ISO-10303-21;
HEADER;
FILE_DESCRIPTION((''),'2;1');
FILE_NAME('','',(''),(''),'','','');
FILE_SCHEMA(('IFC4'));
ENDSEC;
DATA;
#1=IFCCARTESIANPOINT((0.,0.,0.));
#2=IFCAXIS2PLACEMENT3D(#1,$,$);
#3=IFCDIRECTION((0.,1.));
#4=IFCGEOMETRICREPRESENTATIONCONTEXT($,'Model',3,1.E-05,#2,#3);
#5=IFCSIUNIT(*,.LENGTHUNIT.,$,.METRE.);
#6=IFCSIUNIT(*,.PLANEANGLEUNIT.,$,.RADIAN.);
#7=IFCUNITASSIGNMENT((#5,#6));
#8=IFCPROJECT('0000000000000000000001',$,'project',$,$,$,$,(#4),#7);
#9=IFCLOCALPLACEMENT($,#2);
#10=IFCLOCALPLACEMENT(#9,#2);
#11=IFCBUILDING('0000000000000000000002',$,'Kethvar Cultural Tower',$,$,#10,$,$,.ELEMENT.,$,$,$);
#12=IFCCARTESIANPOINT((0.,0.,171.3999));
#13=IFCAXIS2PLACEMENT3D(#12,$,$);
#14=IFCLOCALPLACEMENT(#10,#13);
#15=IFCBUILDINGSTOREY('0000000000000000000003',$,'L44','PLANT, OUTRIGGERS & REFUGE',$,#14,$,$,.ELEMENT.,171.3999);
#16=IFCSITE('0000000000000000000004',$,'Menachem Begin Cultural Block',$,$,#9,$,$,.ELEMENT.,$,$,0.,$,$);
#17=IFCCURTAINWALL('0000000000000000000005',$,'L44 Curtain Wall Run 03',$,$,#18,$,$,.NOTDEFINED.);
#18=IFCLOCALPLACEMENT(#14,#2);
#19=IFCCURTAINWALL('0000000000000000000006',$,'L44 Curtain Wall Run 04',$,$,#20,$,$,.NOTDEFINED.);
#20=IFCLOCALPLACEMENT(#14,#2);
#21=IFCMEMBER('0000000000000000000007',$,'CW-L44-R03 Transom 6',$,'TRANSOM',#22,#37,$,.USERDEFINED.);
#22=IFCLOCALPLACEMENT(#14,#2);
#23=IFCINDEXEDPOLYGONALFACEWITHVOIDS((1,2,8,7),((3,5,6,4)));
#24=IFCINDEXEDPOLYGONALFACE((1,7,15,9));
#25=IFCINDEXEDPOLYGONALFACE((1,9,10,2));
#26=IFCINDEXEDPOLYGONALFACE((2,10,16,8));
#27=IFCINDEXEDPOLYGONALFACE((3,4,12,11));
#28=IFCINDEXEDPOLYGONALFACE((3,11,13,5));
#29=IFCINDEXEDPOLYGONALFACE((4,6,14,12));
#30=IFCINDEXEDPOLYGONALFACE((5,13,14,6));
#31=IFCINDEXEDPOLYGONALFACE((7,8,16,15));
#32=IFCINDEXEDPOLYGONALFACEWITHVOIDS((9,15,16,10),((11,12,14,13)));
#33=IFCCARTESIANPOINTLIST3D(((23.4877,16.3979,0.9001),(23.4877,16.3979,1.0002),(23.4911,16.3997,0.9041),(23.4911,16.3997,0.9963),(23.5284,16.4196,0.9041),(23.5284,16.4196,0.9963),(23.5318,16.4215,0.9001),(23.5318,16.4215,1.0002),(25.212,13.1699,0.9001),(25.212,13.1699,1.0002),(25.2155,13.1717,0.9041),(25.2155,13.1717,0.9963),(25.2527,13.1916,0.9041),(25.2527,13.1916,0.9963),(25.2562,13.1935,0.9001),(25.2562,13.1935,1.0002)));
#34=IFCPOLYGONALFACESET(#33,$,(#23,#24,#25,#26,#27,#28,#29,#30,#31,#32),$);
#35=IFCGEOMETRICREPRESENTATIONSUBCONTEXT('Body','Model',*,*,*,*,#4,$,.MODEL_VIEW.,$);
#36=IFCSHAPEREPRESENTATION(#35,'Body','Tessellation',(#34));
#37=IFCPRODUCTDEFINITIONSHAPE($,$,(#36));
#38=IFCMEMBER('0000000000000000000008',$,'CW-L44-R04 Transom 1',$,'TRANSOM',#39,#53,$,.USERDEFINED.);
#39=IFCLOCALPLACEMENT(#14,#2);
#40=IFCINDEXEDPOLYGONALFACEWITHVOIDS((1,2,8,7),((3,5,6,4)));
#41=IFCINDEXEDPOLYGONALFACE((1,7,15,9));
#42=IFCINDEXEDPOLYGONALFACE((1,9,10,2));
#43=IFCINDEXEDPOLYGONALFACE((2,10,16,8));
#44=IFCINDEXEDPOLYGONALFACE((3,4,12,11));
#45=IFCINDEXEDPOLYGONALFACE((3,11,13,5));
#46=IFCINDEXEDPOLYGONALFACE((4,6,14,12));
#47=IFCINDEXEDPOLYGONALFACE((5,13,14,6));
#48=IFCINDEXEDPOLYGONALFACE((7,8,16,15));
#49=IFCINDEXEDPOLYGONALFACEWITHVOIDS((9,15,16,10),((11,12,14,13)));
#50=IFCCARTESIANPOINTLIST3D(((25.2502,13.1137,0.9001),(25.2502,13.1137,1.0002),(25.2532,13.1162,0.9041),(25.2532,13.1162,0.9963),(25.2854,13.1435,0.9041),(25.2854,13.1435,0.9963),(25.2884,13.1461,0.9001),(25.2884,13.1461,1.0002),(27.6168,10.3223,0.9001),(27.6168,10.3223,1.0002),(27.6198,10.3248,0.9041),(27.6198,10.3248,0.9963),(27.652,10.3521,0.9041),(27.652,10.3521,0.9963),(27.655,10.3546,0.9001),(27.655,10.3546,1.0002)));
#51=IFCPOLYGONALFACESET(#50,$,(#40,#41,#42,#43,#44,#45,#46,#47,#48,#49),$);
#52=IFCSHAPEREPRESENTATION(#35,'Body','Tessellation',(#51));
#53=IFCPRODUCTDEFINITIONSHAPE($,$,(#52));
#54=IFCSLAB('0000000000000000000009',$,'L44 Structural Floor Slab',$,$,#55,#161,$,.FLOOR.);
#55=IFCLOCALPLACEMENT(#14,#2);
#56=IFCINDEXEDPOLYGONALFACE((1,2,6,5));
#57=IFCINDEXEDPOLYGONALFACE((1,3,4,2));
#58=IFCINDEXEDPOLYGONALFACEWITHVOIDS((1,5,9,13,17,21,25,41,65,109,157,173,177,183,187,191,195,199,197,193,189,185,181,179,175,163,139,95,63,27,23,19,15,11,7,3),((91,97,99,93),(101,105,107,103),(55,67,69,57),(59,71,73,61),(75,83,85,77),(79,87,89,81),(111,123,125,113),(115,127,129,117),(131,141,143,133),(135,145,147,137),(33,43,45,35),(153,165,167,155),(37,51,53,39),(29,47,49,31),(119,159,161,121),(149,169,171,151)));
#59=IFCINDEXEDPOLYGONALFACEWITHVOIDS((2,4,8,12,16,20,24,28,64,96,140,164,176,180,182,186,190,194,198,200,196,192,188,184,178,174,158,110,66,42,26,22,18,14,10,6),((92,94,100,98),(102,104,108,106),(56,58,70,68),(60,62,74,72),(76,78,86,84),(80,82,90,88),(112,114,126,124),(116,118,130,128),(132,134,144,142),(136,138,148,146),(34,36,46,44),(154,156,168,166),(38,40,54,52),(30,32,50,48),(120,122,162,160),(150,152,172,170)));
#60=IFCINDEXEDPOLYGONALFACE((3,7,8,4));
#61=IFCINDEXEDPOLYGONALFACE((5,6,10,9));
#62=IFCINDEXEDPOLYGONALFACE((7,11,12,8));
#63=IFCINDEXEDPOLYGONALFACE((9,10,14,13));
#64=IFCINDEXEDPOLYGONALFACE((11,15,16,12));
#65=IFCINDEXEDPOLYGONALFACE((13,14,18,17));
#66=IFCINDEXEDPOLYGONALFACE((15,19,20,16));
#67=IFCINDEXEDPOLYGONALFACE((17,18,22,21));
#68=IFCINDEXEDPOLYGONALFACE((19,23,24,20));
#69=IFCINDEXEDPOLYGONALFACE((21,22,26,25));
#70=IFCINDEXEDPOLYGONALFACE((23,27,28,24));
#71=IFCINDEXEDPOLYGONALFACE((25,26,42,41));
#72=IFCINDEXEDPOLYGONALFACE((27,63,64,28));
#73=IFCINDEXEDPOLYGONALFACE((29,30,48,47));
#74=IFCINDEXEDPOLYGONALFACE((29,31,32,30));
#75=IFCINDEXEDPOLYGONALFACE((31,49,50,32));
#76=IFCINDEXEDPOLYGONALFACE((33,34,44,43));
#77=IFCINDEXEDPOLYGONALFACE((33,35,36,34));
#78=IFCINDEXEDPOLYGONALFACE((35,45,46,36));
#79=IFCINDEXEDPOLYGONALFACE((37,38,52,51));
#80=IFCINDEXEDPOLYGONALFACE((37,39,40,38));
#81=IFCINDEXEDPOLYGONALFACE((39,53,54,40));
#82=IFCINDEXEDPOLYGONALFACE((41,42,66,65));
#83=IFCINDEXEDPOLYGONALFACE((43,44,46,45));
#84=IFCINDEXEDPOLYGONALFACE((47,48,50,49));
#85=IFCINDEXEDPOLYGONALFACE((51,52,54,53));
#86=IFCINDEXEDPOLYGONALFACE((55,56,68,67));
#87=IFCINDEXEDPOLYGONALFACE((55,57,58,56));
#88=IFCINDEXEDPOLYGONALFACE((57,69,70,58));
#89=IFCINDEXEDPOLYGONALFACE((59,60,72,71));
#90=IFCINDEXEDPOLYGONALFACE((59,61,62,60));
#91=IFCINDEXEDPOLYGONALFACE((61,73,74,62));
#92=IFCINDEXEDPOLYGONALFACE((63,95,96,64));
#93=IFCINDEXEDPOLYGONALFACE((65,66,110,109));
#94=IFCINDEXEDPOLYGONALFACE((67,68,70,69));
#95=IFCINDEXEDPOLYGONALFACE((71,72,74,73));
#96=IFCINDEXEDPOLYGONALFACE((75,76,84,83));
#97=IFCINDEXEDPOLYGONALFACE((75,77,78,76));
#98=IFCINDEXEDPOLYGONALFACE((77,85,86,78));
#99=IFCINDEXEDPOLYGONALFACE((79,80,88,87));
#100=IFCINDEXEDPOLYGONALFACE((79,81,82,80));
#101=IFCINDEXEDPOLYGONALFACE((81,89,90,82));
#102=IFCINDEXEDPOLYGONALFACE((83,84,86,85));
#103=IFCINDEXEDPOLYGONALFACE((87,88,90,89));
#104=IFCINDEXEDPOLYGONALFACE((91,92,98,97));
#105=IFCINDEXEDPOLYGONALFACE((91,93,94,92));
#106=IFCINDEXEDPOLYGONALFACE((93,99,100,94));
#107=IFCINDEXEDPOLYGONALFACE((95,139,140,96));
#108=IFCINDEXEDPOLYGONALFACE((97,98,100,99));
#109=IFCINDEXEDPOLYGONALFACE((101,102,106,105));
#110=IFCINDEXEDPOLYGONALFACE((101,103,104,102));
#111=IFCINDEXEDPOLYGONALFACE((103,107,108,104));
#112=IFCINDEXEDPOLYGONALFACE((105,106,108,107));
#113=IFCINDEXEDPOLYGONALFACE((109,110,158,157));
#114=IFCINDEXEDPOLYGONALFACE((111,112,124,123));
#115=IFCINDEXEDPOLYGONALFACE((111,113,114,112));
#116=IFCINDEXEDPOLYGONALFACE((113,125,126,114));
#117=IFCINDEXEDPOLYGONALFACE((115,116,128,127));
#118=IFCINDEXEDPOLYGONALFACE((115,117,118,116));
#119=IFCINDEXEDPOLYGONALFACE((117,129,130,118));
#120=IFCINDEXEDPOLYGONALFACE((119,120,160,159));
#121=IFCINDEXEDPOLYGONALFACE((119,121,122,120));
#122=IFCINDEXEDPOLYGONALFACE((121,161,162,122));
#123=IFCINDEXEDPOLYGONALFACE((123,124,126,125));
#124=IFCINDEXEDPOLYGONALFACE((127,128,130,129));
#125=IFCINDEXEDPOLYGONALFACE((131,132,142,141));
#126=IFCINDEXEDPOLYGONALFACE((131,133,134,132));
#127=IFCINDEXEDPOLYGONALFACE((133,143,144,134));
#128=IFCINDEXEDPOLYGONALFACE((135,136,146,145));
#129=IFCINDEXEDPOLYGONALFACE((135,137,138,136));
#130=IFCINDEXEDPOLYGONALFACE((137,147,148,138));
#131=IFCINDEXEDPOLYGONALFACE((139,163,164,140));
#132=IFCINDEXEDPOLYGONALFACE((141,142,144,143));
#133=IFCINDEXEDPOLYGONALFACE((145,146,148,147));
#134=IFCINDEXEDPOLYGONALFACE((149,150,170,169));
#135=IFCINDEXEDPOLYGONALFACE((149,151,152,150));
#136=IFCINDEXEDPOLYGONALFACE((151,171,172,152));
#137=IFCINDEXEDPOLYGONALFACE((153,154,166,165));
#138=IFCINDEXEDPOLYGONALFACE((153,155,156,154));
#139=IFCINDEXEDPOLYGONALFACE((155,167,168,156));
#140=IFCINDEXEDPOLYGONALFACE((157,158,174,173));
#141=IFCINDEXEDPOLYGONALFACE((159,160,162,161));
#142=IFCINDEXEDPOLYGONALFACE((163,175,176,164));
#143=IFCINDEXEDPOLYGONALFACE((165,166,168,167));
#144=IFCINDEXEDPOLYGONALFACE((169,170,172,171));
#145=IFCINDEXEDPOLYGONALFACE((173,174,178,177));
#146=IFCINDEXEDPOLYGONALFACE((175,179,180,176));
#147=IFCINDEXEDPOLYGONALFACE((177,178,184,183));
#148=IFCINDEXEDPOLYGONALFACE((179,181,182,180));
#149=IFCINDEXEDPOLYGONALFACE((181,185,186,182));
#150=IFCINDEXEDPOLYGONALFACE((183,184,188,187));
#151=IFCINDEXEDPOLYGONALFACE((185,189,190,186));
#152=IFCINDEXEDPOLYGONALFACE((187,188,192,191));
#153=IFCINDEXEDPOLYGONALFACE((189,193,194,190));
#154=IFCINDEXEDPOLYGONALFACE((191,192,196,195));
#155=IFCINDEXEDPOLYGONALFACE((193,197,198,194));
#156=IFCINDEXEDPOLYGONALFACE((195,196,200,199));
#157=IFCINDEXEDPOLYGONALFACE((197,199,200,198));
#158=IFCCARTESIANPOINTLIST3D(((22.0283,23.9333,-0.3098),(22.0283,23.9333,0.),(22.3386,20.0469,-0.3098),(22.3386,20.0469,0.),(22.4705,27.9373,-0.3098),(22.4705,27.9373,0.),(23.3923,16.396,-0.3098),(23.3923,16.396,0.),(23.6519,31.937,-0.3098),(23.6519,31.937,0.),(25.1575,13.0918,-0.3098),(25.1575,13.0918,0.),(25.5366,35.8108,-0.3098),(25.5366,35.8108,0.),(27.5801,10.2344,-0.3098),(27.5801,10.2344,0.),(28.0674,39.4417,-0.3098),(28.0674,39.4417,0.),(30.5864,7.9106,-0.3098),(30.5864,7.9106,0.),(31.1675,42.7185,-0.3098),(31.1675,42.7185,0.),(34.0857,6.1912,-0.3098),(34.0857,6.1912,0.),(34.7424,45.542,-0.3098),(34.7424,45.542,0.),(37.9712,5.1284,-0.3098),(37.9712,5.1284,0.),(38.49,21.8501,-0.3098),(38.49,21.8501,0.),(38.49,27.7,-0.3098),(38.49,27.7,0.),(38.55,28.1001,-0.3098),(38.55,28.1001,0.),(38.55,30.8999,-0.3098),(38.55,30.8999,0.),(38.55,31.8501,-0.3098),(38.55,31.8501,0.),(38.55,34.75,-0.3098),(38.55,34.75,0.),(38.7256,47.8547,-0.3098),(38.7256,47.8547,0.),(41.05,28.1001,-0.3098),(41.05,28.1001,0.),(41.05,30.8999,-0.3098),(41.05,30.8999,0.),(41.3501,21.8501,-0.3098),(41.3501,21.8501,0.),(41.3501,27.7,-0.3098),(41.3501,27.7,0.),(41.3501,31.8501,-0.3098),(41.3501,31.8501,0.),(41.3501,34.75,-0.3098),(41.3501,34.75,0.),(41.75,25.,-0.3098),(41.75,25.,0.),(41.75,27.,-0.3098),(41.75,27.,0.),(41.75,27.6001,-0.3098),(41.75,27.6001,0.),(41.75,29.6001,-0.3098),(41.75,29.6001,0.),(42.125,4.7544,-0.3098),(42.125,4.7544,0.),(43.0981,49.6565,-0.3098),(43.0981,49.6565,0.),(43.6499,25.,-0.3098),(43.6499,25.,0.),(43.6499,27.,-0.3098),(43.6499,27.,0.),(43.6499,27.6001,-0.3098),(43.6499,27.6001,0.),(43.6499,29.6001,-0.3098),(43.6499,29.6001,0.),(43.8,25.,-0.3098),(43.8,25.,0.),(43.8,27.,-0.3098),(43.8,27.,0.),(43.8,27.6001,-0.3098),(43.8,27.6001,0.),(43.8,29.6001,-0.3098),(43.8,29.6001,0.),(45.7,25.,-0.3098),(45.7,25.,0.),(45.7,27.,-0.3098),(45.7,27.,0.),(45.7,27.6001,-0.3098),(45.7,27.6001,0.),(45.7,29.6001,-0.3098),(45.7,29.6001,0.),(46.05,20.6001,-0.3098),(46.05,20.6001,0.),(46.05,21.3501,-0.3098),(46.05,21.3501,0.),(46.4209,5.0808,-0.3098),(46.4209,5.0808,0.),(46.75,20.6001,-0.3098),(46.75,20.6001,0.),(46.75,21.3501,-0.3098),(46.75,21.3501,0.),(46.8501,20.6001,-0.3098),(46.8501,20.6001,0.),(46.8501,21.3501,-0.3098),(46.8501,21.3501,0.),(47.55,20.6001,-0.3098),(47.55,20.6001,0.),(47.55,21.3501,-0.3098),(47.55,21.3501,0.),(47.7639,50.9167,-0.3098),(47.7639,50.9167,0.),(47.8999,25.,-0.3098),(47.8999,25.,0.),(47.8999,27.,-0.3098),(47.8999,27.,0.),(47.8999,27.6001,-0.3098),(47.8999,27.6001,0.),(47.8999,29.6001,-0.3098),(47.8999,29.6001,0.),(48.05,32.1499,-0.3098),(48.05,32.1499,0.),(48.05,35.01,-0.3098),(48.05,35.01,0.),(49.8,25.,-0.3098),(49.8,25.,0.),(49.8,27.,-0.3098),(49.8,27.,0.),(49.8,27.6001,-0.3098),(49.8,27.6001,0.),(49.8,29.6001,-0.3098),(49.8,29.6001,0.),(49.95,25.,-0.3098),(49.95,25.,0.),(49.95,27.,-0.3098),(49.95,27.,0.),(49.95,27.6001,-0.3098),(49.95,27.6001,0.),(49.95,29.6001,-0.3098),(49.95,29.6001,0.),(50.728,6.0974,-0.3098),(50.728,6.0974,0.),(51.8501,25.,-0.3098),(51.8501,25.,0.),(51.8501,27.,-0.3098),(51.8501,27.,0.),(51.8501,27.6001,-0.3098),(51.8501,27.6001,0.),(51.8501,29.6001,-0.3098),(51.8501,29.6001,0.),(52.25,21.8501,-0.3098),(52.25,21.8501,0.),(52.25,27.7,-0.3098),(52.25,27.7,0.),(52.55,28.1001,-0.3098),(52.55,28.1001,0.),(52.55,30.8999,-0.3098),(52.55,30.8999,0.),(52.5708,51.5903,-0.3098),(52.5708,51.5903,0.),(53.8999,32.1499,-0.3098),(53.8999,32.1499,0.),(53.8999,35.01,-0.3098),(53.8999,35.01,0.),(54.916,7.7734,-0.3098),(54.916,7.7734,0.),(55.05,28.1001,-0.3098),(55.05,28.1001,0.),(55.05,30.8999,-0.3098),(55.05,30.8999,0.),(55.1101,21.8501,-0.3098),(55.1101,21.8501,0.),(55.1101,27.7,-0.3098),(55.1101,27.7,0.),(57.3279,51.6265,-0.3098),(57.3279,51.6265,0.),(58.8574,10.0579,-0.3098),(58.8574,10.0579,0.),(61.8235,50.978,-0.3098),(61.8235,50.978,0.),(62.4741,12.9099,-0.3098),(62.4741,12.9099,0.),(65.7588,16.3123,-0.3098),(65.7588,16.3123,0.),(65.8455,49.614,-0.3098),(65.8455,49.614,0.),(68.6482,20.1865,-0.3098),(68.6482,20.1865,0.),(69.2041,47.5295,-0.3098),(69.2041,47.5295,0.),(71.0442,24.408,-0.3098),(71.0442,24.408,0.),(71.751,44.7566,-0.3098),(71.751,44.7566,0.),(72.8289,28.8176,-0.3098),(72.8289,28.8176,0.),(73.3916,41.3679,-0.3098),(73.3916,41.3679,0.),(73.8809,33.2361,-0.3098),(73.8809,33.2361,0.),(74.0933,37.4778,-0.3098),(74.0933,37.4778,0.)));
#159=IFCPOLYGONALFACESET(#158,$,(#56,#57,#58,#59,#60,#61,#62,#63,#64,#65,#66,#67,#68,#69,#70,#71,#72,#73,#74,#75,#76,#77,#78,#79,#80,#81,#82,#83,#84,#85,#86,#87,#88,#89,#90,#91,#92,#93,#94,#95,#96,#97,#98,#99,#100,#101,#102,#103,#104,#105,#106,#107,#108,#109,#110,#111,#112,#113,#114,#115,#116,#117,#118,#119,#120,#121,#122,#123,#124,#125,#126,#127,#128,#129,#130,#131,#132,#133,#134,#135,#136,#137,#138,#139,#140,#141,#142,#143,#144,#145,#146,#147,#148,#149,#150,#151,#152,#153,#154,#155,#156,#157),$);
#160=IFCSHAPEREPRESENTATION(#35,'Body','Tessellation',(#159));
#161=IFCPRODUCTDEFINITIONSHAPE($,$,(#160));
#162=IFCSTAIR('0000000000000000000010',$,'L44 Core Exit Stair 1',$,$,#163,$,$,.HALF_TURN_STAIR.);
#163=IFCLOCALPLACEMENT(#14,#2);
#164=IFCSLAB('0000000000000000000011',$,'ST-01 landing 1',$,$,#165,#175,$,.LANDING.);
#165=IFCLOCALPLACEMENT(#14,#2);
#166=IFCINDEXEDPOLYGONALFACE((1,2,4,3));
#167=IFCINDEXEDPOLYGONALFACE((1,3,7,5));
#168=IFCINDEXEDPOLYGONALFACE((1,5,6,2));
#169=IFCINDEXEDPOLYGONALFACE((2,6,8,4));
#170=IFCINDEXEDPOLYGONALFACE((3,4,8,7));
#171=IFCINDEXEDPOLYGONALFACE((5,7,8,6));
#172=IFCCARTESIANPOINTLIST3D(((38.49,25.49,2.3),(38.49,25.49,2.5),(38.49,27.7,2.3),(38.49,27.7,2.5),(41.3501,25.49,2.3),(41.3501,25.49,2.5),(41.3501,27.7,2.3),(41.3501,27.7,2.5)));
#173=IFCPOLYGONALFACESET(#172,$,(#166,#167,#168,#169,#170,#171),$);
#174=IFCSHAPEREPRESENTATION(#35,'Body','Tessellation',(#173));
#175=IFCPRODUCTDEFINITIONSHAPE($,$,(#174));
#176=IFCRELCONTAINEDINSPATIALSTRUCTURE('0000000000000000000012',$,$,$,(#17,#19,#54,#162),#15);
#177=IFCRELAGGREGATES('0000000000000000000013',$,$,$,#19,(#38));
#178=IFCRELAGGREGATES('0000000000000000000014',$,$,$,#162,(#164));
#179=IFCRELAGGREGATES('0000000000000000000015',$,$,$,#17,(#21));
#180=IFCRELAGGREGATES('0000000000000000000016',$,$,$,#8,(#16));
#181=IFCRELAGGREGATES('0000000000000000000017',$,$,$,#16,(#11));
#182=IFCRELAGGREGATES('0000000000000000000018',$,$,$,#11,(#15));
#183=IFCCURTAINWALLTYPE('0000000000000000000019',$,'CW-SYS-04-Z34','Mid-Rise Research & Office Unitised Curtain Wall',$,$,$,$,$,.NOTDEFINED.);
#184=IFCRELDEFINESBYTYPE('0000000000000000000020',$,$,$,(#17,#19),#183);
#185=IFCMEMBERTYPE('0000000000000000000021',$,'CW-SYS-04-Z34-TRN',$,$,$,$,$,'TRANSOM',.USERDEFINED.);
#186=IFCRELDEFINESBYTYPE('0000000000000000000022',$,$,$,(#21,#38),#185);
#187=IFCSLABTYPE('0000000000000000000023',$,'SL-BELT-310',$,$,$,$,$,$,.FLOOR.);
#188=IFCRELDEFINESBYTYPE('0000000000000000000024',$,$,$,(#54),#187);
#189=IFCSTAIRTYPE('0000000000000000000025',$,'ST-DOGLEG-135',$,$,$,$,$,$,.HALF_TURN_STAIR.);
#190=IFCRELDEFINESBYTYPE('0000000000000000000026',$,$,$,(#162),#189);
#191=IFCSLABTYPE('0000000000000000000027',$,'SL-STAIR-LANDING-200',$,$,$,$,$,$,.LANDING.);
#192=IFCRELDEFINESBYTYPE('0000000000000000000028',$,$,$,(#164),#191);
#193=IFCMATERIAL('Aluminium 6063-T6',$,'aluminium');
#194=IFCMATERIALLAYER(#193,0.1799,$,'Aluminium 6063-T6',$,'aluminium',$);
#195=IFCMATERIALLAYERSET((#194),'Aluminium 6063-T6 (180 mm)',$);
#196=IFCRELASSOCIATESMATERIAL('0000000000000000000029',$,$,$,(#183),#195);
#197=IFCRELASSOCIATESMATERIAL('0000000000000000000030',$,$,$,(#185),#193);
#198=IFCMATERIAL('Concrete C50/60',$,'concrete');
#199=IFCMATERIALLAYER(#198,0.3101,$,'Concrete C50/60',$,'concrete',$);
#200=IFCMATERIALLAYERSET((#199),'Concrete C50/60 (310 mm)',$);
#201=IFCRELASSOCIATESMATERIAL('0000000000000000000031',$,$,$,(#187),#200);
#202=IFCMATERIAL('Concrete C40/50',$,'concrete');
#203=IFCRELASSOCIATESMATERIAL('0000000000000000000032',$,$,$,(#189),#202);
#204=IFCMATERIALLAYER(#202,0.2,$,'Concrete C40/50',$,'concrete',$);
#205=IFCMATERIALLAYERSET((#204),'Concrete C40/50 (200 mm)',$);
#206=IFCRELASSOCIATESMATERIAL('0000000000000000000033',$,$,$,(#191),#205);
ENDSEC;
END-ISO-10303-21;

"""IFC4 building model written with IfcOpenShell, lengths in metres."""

from ifc_helpers import new_model, si_unit, direction, frame, origin, origin_2d, place, context, subcontext, project, spatial, polyline, hollow_rectangle, outline, extrude, source, transform, mapped, material, layer, layer_set, material_profile, profile_set, type_object, element, aggregate, save


model = new_model("IFC4")

# Units and contexts
model_context = context("Model", 3, precision=1e-05, world=origin(), true_north=direction((0.0, 1.0)))
body_context = subcontext(model_context, "Body", "Model", "MODEL_VIEW")
ifc_project = project(units=[si_unit("LENGTHUNIT", "METRE"), si_unit("PLANEANGLEUNIT", "RADIAN")], contexts=[model_context])

# Site, building, storey
site_placement = place(None, origin())
site = spatial("IfcSite", under=ifc_project, at=site_placement, Name="Menachem Begin Cultural Block", CompositionType="ELEMENT", RefElevation=0.0)
building_placement = place(site_placement, origin())
building = spatial("IfcBuilding", under=site, at=building_placement, Name="Kethvar Cultural Tower", CompositionType="ELEMENT")
storey_placement = place(building_placement, frame((0.0, 0.0, 171.3999)))
storey = spatial("IfcBuildingStorey", under=building, at=storey_placement, Name="L44", Description="PLANT, OUTRIGGERS & REFUGE", CompositionType="ELEMENT", Elevation=171.3999)

# Curtain wall
ifc_material_1 = material(Name="Aluminium 6063-T6", Category="aluminium")
ifc_layer_1 = layer(ifc_material_1, 0.1799, Name="Aluminium 6063-T6", Category="aluminium")
ifc_layer_set_1 = layer_set([ifc_layer_1], Name="Aluminium 6063-T6 (180 mm)")
curtain_wall_type = type_object("IfcCurtainWallType", Name="CW-SYS-04-Z34", Description="Mid-Rise Research & Office Unitised Curtain Wall", PredefinedType="NOTDEFINED", material=ifc_layer_set_1)
curtain_wall_1_placement = place(storey_placement, origin())
curtain_wall_1 = element("IfcCurtainWall", 1, at=curtain_wall_1_placement, inside=storey, type_object=curtain_wall_type, Name="L44 Curtain Wall Run 03", PredefinedType="NOTDEFINED")

# Curtain wall
curtain_wall_2_placement = place(storey_placement, origin())
curtain_wall_2 = element("IfcCurtainWall", 2, at=curtain_wall_2_placement, inside=storey, type_object=curtain_wall_type, Name="L44 Curtain Wall Run 04", PredefinedType="NOTDEFINED")

# Members
ifc_material_profile_1 = material_profile(ifc_material_1, hollow_rectangle(XDim=0.05, YDim=0.1001, WallThickness=0.0039, at=origin_2d()), Name="Aluminium 6063-T6 — RHS100x50x4")
ifc_profile_set_1 = profile_set([ifc_material_profile_1], Name="Aluminium 6063-T6 — RHS100x50x4")
member_type_1 = type_object("IfcMemberType", Name="CW-SYS-04-Z34-TRN", ElementType="TRANSOM", PredefinedType="USERDEFINED", material=ifc_profile_set_1)
shared_shape_1 = source(origin(), body_context, "Body", "SweptSolid", [
    extrude(hollow_rectangle(XDim=0.05, YDim=0.1001, WallThickness=0.0039, at=origin_2d()), origin(), (0.0, 0.0, 1.0), 3.6597),
])
member_1_placement = place(storey_placement, frame((23.5098, 16.4097, 0.9502), z_axis=(0.471173, -0.882041, 0.0), x_axis=(0.882041, 0.471173, 0.0)))
member_1 = element("IfcMember", 3, at=member_1_placement, type_object=member_type_1, Name="CW-L44-R03 Transom 6", ObjectType="TRANSOM", PredefinedType="USERDEFINED", context=body_context, shape_type="MappedRepresentation", body=[
    mapped(shared_shape_1, transform((0.0, 0.0, 0.0), scale=1.0)),
])
member_2_placement = place(storey_placement, frame((25.2693, 13.1299, 0.9502), z_axis=(0.646684, -0.762758, 0.0), x_axis=(0.762758, 0.646684, 0.0)))
member_2 = element("IfcMember", 4, at=member_2_placement, type_object=member_type_1, Name="CW-L44-R04 Transom 1", ObjectType="TRANSOM", PredefinedType="USERDEFINED", context=body_context, shape_type="MappedRepresentation", body=[
    mapped(shared_shape_1, transform((0.0, 0.0, 0.0), scale=1.0)),
])
aggregate(curtain_wall_2, [member_2])

# Slab
ifc_material_2 = material(Name="Concrete C50/60", Category="concrete")
ifc_layer_2 = layer(ifc_material_2, 0.3101, Name="Concrete C50/60", Category="concrete")
ifc_layer_set_2 = layer_set([ifc_layer_2], Name="Concrete C50/60 (310 mm)")
slab_type_1 = type_object("IfcSlabType", Name="SL-BELT-310", PredefinedType="FLOOR", material=ifc_layer_set_2)
slab_1_placement = place(storey_placement, frame((0.0, 0.0, -0.3098)))
element("IfcSlab", 5, at=slab_1_placement, inside=storey, type_object=slab_type_1, Name="L44 Structural Floor Slab", PredefinedType="FLOOR", context=body_context, shape_type="SweptSolid", body=[
    extrude(outline(polyline([(71.751, 44.7566), (69.2041, 47.5295), (65.8455, 49.614), (61.8235, 50.978), (57.3279, 51.6265), (52.5708, 51.5903), (47.7639, 50.9167), (43.0981, 49.6565), (38.7256, 47.8547), (34.7424, 45.542), (31.1675, 42.7185), (28.0674, 39.4417), (25.5366, 35.8108), (23.6519, 31.937), (22.4705, 27.9373), (22.0283, 23.9333), (22.3386, 20.0469), (23.3923, 16.396), (25.1575, 13.0918), (27.5801, 10.2344), (30.5864, 7.9106), (34.0857, 6.1912), (37.9712, 5.1284), (42.125, 4.7544), (46.4209, 5.0808), (50.728, 6.0974), (54.916, 7.7734), (58.8574, 10.0579), (62.4741, 12.9099), (65.7588, 16.3123), (68.6482, 20.1865), (71.0442, 24.408), (72.8289, 28.8176), (73.8809, 33.2361), (74.0933, 37.4778), (73.3916, 41.3679), (71.751, 44.7566)]), holes=[polyline([(38.49, 21.8501), (38.49, 27.7), (41.3501, 27.7), (41.3501, 21.8501), (38.49, 21.8501)]), polyline([(52.25, 21.8501), (52.25, 27.7), (55.1101, 27.7), (55.1101, 21.8501), (52.25, 21.8501)]), polyline([(53.8999, 32.1499), (48.05, 32.1499), (48.05, 35.01), (53.8999, 35.01), (53.8999, 32.1499)]), polyline([(41.75, 27.0), (43.6499, 27.0), (43.6499, 25.0), (41.75, 25.0), (41.75, 27.0)]), polyline([(43.8, 27.0), (45.7, 27.0), (45.7, 25.0), (43.8, 25.0), (43.8, 27.0)]), polyline([(47.8999, 27.0), (49.8, 27.0), (49.8, 25.0), (47.8999, 25.0), (47.8999, 27.0)]), polyline([(49.95, 27.0), (51.8501, 27.0), (51.8501, 25.0), (49.95, 25.0), (49.95, 27.0)]), polyline([(41.75, 29.6001), (43.6499, 29.6001), (43.6499, 27.6001), (41.75, 27.6001), (41.75, 29.6001)]), polyline([(43.8, 29.6001), (45.7, 29.6001), (45.7, 27.6001), (43.8, 27.6001), (43.8, 29.6001)]), polyline([(47.8999, 29.6001), (49.8, 29.6001), (49.8, 27.6001), (47.8999, 27.6001), (47.8999, 29.6001)]), polyline([(49.95, 29.6001), (51.8501, 29.6001), (51.8501, 27.6001), (49.95, 27.6001), (49.95, 29.6001)]), polyline([(38.55, 30.8999), (41.05, 30.8999), (41.05, 28.1001), (38.55, 28.1001), (38.55, 30.8999)]), polyline([(52.55, 30.8999), (55.05, 30.8999), (55.05, 28.1001), (52.55, 28.1001), (52.55, 30.8999)]), polyline([(38.55, 34.75), (41.3501, 34.75), (41.3501, 31.8501), (38.55, 31.8501), (38.55, 34.75)]), polyline([(46.05, 21.3501), (46.75, 21.3501), (46.75, 20.6001), (46.05, 20.6001), (46.05, 21.3501)]), polyline([(46.8501, 21.3501), (47.55, 21.3501), (47.55, 20.6001), (46.8501, 20.6001), (46.8501, 21.3501)])]), origin(), (0.0, 0.0, 1.0), 0.3098),
])

# Stair, slab
ifc_material_3 = material(Name="Concrete C40/50", Category="concrete")
stair_type = type_object("IfcStairType", Name="ST-DOGLEG-135", PredefinedType="HALF_TURN_STAIR", material=ifc_material_3)
stair_1_placement = place(storey_placement, origin())
stair_1 = element("IfcStair", 6, at=stair_1_placement, inside=storey, type_object=stair_type, Name="L44 Core Exit Stair 1", PredefinedType="HALF_TURN_STAIR")
ifc_layer_3 = layer(ifc_material_3, 0.2, Name="Concrete C40/50", Category="concrete")
ifc_layer_set_3 = layer_set([ifc_layer_3], Name="Concrete C40/50 (200 mm)")
slab_type_2 = type_object("IfcSlabType", Name="SL-STAIR-LANDING-200", PredefinedType="LANDING", material=ifc_layer_set_3)
slab_2_placement = place(storey_placement, frame((0.0, 0.0, 2.3)))
slab_2 = element("IfcSlab", 7, at=slab_2_placement, type_object=slab_type_2, Name="ST-01 landing 1", PredefinedType="LANDING", context=body_context, shape_type="SweptSolid", body=[
    extrude(outline(polyline([(41.3501, 25.49), (41.3501, 27.7), (38.49, 27.7), (38.49, 25.49), (41.3501, 25.49)])), origin(), (0.0, 0.0, 1.0), 0.2),
])
aggregate(stair_1, [slab_2])

aggregate(curtain_wall_1, [member_1])

save(model, "model.ifc")
